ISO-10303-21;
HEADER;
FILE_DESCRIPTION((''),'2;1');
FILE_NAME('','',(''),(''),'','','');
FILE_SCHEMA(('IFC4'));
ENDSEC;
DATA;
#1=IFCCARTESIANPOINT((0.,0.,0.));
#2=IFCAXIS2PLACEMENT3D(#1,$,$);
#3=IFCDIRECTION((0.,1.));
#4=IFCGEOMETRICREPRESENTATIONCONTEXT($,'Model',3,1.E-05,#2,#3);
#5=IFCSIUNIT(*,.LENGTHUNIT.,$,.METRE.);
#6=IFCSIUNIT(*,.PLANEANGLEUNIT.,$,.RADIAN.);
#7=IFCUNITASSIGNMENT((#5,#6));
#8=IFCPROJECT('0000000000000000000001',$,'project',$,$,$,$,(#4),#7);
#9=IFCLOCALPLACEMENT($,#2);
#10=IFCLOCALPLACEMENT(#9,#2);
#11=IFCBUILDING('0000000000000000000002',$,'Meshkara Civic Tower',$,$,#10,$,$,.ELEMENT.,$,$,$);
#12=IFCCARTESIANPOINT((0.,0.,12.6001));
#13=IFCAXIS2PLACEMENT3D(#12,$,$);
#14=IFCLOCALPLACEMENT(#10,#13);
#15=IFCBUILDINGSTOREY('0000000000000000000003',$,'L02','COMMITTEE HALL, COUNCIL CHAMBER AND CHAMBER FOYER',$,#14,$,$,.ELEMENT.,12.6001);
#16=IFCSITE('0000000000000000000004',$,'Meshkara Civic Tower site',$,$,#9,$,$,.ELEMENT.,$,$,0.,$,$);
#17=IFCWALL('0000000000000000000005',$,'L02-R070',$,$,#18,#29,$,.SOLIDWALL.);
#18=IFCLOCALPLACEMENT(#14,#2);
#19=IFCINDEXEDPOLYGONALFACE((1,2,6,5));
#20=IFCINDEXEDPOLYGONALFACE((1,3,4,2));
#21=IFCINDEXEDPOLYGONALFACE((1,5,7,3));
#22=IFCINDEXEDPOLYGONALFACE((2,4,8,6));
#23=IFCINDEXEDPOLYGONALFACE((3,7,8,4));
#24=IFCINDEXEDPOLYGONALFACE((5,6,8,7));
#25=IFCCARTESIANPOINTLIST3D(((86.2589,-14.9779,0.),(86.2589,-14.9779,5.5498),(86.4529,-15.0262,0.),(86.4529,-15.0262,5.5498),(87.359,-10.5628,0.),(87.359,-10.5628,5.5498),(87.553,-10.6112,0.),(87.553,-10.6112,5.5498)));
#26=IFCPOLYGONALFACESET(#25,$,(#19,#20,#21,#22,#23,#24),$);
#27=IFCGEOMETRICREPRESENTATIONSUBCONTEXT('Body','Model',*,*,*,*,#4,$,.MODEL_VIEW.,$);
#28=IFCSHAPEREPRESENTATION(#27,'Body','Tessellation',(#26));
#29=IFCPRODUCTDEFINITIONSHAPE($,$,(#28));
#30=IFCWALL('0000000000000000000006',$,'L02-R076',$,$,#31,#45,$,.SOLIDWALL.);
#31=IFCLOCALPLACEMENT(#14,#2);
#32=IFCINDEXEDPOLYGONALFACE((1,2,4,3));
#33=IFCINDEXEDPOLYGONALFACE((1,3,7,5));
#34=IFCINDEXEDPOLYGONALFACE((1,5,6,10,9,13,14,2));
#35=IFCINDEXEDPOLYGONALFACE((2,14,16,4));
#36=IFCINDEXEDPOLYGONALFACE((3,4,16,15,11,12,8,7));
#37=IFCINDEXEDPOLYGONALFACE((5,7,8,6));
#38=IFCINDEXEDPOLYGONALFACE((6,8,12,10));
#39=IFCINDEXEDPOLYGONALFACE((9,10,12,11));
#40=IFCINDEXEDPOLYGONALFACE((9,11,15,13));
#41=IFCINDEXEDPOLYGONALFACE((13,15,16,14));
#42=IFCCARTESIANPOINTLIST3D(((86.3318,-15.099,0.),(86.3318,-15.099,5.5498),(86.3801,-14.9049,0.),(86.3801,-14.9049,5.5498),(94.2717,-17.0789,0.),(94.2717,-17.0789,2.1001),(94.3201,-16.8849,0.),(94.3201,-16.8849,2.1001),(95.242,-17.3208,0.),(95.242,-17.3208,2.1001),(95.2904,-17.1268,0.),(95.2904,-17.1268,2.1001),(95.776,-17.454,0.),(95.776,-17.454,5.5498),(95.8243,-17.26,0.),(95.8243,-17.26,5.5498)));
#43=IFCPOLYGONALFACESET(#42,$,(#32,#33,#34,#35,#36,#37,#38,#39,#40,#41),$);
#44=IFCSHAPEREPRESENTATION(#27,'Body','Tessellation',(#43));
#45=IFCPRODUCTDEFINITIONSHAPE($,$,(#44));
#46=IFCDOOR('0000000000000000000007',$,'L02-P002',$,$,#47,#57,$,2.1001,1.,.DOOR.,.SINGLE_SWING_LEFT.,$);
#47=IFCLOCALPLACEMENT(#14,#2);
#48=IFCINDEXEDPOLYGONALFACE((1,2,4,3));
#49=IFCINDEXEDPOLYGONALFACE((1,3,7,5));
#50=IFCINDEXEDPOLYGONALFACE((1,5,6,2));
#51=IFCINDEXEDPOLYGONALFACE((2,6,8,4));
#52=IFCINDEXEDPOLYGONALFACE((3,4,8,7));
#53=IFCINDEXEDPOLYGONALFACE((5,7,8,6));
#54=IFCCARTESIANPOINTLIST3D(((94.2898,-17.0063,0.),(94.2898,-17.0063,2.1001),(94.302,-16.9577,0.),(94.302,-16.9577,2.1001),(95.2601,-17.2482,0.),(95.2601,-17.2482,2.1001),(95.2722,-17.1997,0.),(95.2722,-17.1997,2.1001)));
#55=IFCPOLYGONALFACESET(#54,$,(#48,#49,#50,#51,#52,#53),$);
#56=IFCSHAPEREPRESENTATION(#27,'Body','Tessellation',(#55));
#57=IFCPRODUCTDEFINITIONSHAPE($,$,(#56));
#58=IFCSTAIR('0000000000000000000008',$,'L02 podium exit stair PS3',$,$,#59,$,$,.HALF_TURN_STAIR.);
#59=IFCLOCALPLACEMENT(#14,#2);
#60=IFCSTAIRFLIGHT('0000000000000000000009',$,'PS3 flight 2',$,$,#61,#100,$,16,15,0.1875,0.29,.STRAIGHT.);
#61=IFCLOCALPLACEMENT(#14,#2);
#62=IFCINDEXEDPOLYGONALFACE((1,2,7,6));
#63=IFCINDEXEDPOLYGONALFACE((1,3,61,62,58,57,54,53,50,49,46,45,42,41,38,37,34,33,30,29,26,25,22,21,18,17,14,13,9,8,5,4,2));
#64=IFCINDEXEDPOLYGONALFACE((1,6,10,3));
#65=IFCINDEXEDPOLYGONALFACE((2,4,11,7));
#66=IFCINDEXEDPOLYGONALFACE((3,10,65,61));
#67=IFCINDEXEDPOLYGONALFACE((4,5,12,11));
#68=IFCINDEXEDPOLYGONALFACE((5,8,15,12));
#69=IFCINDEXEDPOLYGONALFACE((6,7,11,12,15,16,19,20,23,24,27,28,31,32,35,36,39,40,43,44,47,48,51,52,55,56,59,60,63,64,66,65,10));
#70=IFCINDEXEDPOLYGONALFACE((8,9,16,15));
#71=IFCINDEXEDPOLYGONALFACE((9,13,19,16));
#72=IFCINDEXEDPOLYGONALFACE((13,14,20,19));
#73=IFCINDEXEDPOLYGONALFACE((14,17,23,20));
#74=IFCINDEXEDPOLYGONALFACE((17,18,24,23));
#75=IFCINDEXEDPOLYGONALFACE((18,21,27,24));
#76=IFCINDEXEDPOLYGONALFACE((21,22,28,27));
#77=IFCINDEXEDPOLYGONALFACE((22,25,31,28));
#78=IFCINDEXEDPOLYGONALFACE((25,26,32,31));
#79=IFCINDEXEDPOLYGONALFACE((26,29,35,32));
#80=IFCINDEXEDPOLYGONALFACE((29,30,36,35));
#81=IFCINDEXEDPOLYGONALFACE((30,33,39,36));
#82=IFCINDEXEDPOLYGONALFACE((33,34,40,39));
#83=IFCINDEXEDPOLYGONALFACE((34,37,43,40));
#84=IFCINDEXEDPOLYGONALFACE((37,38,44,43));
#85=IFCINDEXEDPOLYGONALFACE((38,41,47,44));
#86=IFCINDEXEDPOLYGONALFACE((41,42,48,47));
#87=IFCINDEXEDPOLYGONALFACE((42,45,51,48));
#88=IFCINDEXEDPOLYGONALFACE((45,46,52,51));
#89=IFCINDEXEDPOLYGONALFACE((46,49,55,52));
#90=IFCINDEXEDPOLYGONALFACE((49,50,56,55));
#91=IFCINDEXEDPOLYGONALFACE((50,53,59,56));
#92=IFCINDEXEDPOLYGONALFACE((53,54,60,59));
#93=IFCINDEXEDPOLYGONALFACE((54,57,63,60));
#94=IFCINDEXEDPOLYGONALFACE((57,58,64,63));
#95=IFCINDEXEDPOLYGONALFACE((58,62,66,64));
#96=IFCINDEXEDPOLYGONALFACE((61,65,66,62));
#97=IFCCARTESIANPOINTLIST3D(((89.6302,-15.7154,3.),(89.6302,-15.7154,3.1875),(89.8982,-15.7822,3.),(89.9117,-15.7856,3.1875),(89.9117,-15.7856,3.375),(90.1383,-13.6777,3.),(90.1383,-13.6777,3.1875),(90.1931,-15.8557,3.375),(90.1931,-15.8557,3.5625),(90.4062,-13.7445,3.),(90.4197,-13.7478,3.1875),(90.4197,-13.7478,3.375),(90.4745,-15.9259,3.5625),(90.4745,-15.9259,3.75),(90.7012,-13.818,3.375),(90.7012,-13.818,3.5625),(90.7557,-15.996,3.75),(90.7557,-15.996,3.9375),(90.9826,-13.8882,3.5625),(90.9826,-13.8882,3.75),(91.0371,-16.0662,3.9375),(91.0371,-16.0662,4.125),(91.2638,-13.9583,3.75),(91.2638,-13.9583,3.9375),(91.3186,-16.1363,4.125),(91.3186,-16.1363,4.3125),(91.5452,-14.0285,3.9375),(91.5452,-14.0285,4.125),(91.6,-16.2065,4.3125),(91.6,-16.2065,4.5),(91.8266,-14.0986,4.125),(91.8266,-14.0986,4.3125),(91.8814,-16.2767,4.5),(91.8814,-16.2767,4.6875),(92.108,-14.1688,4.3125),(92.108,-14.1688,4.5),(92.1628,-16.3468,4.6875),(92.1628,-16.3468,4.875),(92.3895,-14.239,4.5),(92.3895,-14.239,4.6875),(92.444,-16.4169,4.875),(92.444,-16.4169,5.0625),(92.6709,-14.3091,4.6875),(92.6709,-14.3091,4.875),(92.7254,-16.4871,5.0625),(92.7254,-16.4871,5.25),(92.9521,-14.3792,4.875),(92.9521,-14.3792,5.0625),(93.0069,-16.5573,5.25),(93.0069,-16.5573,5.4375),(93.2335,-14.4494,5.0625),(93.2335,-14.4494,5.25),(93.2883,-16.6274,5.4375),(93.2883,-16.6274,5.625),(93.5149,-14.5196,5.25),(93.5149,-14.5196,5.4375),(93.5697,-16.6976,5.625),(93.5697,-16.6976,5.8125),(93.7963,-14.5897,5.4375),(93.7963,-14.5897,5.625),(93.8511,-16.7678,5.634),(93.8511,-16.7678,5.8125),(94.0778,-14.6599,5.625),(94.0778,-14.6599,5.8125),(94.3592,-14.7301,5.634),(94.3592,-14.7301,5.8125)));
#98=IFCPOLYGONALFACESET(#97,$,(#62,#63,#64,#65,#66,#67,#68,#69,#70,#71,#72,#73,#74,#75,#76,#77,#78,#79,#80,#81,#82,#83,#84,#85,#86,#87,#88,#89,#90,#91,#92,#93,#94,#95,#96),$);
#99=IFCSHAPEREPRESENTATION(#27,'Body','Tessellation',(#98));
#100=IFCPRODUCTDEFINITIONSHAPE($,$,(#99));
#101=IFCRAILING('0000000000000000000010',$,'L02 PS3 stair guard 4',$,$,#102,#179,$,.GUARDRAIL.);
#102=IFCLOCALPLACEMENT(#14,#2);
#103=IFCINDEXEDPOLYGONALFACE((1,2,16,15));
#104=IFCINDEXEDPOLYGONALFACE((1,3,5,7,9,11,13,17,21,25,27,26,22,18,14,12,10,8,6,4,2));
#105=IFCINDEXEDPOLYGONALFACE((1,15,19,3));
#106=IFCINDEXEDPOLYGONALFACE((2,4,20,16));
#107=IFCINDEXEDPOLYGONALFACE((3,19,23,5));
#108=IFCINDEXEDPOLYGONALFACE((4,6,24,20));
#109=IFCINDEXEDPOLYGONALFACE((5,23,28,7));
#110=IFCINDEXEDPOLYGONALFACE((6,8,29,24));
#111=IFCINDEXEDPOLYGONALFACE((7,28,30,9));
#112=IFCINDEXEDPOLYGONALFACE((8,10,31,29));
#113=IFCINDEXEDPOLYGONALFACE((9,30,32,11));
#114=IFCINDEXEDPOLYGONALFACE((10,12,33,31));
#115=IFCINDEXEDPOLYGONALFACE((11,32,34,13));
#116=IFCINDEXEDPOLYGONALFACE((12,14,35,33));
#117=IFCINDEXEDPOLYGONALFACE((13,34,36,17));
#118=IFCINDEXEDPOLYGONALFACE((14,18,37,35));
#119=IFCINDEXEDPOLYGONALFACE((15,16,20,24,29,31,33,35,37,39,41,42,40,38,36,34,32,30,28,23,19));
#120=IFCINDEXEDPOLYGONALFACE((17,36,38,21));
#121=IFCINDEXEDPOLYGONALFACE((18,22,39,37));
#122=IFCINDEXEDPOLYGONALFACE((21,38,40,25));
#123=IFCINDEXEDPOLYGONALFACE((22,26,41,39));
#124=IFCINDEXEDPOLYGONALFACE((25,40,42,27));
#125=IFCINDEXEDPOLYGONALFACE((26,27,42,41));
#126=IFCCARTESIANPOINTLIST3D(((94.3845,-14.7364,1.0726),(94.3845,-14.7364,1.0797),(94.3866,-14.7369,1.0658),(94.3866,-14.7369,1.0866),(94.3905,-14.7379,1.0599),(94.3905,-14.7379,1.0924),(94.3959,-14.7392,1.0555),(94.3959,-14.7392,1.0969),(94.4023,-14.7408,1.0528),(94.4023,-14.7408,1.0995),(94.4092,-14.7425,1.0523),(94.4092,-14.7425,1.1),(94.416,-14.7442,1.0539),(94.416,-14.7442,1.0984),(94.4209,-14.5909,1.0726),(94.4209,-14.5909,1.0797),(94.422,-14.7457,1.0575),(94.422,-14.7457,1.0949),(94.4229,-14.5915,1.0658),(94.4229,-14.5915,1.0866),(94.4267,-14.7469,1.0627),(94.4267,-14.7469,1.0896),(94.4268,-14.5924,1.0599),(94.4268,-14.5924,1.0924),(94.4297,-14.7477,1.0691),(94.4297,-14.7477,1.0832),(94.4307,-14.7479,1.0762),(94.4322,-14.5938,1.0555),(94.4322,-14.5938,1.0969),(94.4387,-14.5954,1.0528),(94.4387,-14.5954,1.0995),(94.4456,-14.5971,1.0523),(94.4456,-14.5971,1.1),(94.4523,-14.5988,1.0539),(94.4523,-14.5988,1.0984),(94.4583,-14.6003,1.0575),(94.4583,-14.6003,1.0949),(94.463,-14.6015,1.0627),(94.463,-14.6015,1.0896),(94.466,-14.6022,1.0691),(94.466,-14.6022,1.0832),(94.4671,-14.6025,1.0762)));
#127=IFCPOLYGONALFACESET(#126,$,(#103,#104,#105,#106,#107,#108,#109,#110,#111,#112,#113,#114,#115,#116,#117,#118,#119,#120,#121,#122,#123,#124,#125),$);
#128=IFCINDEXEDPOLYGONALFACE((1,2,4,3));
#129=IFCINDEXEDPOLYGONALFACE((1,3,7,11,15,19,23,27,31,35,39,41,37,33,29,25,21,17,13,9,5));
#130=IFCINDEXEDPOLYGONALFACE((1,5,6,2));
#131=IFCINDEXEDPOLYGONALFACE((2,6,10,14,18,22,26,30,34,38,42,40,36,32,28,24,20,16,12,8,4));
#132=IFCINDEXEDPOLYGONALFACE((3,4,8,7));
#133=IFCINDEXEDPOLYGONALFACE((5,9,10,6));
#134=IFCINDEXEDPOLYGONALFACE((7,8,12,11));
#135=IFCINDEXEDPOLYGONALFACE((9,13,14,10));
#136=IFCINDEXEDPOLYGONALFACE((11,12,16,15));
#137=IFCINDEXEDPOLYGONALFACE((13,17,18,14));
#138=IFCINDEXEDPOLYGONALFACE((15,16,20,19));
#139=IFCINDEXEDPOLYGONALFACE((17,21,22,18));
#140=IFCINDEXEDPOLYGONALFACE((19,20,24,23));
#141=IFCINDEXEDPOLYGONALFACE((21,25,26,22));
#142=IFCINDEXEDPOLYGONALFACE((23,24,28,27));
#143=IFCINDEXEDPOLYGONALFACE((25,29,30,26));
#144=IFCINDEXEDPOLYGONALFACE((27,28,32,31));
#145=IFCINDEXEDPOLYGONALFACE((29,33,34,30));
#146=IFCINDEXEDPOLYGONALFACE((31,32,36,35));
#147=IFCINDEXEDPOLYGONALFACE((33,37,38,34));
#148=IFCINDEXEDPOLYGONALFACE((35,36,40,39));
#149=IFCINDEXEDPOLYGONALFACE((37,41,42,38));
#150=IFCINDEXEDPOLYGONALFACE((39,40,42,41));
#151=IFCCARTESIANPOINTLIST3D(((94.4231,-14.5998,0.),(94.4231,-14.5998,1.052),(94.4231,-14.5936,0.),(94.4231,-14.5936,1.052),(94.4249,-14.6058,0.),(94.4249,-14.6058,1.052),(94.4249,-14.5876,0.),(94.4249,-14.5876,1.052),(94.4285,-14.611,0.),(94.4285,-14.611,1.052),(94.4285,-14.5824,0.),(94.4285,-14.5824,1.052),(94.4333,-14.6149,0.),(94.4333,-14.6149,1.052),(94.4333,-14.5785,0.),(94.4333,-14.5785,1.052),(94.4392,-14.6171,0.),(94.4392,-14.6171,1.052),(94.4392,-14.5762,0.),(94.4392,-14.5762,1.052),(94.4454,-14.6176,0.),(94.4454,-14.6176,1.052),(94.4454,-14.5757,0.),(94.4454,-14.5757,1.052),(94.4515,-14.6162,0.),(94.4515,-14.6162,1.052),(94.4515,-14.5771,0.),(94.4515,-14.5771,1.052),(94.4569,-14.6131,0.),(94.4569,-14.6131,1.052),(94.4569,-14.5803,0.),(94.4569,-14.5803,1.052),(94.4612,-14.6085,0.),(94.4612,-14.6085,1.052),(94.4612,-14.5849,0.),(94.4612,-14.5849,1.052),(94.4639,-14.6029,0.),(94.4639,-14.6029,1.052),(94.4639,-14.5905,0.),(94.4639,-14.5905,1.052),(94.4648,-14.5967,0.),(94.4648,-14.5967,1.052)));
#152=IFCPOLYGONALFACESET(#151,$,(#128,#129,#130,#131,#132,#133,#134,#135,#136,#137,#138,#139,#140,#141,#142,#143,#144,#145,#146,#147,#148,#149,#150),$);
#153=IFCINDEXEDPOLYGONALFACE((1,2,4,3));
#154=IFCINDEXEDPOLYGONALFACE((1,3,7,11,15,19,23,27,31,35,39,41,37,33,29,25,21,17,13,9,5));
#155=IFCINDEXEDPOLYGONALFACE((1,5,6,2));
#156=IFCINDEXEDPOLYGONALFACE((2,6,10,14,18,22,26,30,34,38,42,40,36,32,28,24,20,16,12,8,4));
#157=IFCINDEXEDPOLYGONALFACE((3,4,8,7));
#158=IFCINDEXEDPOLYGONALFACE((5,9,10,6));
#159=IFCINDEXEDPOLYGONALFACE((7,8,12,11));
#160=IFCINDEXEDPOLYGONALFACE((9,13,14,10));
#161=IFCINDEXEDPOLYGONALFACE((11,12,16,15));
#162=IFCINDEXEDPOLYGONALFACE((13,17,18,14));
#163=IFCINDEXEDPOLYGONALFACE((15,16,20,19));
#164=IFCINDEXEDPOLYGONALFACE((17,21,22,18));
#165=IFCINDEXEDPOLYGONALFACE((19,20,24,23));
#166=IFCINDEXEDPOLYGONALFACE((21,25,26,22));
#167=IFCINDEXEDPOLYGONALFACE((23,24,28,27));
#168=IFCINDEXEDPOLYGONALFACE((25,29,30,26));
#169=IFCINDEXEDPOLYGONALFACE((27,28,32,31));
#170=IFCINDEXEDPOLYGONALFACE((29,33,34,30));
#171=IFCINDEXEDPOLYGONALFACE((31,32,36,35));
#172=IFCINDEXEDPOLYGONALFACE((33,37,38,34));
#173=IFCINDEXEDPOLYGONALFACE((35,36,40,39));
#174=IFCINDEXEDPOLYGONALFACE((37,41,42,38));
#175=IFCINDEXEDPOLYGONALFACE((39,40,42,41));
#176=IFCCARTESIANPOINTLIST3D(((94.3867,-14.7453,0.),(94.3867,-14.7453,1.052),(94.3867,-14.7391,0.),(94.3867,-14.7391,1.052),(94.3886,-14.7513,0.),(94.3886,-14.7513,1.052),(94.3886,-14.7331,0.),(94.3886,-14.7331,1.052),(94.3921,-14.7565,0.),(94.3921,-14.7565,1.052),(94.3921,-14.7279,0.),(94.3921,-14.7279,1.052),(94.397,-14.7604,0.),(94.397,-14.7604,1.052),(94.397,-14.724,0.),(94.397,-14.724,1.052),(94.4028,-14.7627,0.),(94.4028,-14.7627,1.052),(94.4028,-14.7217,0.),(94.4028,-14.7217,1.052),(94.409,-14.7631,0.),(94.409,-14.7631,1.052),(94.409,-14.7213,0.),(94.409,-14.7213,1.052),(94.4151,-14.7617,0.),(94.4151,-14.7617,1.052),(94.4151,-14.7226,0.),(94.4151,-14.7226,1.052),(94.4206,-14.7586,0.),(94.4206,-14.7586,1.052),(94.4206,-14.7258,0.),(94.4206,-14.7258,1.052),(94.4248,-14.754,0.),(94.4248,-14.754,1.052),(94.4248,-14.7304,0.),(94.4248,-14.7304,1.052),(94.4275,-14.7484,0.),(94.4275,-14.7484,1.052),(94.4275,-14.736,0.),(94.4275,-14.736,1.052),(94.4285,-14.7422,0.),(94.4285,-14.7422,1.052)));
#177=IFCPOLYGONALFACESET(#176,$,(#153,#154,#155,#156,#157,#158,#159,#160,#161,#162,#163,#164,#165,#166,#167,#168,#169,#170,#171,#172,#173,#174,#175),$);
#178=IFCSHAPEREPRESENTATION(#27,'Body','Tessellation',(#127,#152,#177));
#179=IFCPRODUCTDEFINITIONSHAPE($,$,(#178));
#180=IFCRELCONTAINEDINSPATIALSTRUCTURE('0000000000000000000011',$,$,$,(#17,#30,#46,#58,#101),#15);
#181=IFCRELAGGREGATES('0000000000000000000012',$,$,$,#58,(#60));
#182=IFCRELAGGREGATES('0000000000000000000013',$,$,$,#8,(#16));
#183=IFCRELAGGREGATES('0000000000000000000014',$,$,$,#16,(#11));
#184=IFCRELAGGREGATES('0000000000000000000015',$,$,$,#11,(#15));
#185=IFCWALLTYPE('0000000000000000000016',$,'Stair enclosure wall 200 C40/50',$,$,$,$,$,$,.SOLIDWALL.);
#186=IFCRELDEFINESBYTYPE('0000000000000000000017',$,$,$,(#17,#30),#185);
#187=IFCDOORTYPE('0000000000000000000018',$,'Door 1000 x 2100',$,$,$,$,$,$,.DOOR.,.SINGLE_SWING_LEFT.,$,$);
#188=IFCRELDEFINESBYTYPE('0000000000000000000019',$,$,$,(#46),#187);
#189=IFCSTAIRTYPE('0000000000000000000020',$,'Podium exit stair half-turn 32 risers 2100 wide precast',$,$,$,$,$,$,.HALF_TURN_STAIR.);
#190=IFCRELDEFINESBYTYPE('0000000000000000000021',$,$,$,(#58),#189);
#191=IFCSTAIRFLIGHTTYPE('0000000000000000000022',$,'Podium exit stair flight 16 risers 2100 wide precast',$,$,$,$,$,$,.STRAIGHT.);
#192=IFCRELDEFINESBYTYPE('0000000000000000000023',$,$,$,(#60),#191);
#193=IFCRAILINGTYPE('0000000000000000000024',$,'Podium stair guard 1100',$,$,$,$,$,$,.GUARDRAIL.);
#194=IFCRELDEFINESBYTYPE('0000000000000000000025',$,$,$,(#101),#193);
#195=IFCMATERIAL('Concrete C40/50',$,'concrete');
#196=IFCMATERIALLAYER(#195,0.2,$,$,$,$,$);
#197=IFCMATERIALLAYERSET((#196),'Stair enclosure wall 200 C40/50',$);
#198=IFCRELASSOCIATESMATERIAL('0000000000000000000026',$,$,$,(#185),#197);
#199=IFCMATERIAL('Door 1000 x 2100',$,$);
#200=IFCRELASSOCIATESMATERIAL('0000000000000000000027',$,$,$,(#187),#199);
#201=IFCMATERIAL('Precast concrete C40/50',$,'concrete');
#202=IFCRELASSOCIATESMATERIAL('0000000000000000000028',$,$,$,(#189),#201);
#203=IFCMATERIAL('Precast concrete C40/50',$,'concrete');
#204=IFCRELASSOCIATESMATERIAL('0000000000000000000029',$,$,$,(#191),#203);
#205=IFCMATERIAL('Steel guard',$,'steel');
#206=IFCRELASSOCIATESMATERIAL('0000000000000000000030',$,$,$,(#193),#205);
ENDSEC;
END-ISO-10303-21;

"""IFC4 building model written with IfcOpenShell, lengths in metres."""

from ifc_helpers import new_model, si_unit, direction, frame, frame_2d, origin, origin_2d, place, context, subcontext, project, spatial, polyline, rectangle, circle, outline, extrude, material, layer, layer_set, type_object, element, fill, aggregate, save


model = new_model("IFC4")

# Units and contexts
model_context = context("Model", 3, precision=1e-05, world=origin(), true_north=direction((0.0, 1.0)))
body_context = subcontext(model_context, "Body", "Model", "MODEL_VIEW")
ifc_project = project(units=[si_unit("LENGTHUNIT", "METRE"), si_unit("PLANEANGLEUNIT", "RADIAN")], contexts=[model_context])

# Site, building, storey
site_placement = place(None, origin())
site = spatial("IfcSite", under=ifc_project, at=site_placement, Name="Meshkara Civic Tower site", CompositionType="ELEMENT", RefElevation=0.0)
building_placement = place(site_placement, origin())
building = spatial("IfcBuilding", under=site, at=building_placement, Name="Meshkara Civic Tower", CompositionType="ELEMENT")
storey_placement = place(building_placement, frame((0.0, 0.0, 12.6001)))
storey = spatial("IfcBuildingStorey", under=building, at=storey_placement, Name="L02", Description="COMMITTEE HALL, COUNCIL CHAMBER AND CHAMBER FOYER", CompositionType="ELEMENT", Elevation=12.6001)

# Wall
ifc_material_1 = material(Name="Concrete C40/50", Category="concrete")
ifc_layer_1 = layer(ifc_material_1, 0.2)
ifc_layer_set_1 = layer_set([ifc_layer_1], Name="Stair enclosure wall 200 C40/50")
wall_type_1 = type_object("IfcWallType", Name="Stair enclosure wall 200 C40/50", PredefinedType="SOLIDWALL", material=ifc_layer_set_1)
wall_1_placement = place(storey_placement, frame((86.356, -15.002, 0.0), z_axis=(0.0, 0.0, 1.0), x_axis=(0.241778, 0.970332, 0.0)))
element("IfcWall", 1, at=wall_1_placement, inside=storey, type_object=wall_type_1, Name="L02-R070", PredefinedType="SOLIDWALL", context=body_context, shape_type="SweptSolid", body=[
    extrude(rectangle(XDim=4.55, YDim=0.2, at=frame_2d((2.2749, 0.0))), origin(), (0.0, 0.0, 1.0), 5.5498),
])

# Wall, opening, door
wall_2_placement = place(storey_placement, frame((86.356, -15.002, 0.0), z_axis=(0.0, 0.0, 1.0), x_axis=(0.970288, -0.241951, 0.0)))
wall_2 = element("IfcWall", 2, at=wall_2_placement, inside=storey, type_object=wall_type_1, Name="L02-R076", PredefinedType="SOLIDWALL", context=body_context, shape_type="SweptSolid", body=[
    extrude(rectangle(XDim=9.7334, YDim=0.2, at=frame_2d((4.8667, 0.0))), origin(), (0.0, 0.0, 1.0), 5.5498),
])
opening_1_placement = place(wall_2_placement, frame((8.1831, 0.0, 0.0)))
opening_1 = element("IfcOpeningElement", 3, at=opening_1_placement, cuts=wall_2, PredefinedType="OPENING", context=body_context, shape_type="SweptSolid", body=[
    extrude(rectangle(XDim=1.0, YDim=2.1001, at=frame_2d((0.5, 1.05))), frame((0.0, 0.1099, 0.0), z_axis=(0.0, -1.0, 0.0), x_axis=(1.0, 0.0, 0.0)), (0.0, 0.0, 1.0), 0.22),
])
ifc_material_2 = material(Name="Door 1000 x 2100")
door_type = type_object("IfcDoorType", Name="Door 1000 x 2100", OperationType="SINGLE_SWING_LEFT", PredefinedType="DOOR", material=ifc_material_2)
door_placement = place(opening_1_placement, origin())
door = element("IfcDoor", 4, at=door_placement, inside=storey, type_object=door_type, Name="L02-P002", OperationType="SINGLE_SWING_LEFT", OverallHeight=2.1001, OverallWidth=1.0, PredefinedType="DOOR", context=body_context, shape_type="SweptSolid", body=[
    extrude(rectangle(XDim=1.0, YDim=2.1001, at=frame_2d((0.5, 1.05))), frame((0.0, 0.0249, 0.0), z_axis=(0.0, -1.0, 0.0), x_axis=(1.0, 0.0, 0.0)), (0.0, 0.0, 1.0), 0.05),
])
fill(opening_1, door)

# Stair, stair flight
ifc_material_3 = material(Name="Precast concrete C40/50", Category="concrete")
stair_type = type_object("IfcStairType", Name="Podium exit stair half-turn 32 risers 2100 wide precast", PredefinedType="HALF_TURN_STAIR", material=ifc_material_3)
stair_placement = place(storey_placement, origin())
stair = element("IfcStair", 5, at=stair_placement, inside=storey, type_object=stair_type, Name="L02 podium exit stair PS3", PredefinedType="HALF_TURN_STAIR")
ifc_material_4 = material(Name="Precast concrete C40/50", Category="concrete")
stair_flight_type = type_object("IfcStairFlightType", Name="Podium exit stair flight 16 risers 2100 wide precast", PredefinedType="STRAIGHT", material=ifc_material_4)
stair_flight_placement = place(storey_placement, frame((89.8843, -14.6965, 3.0), z_axis=(0.0, 0.0, 1.0), x_axis=(0.970296, -0.241922, 0.0)))
stair_flight = element("IfcStairFlight", 6, at=stair_flight_placement, type_object=stair_flight_type, Name="PS3 flight 2", NumberOfRisers=16, NumberOfTreads=15, PredefinedType="STRAIGHT", RiserHeight=0.1875, TreadLength=0.29, context=body_context, shape_type="SweptSolid", body=[
    extrude(outline(polyline([(0.0, 0.0), (0.0, 0.1875), (0.29, 0.1875), (0.29, 0.375), (0.5801, 0.375), (0.5801, 0.5625), (0.8701, 0.5625), (0.8701, 0.75), (1.1599, 0.75), (1.1599, 0.9375), (1.45, 0.9375), (1.45, 1.125), (1.74, 1.125), (1.74, 1.3125), (2.03, 1.3125), (2.03, 1.5), (2.3201, 1.5), (2.3201, 1.6875), (2.6101, 1.6875), (2.6101, 1.875), (2.8999, 1.875), (2.8999, 2.0625), (3.1899, 2.0625), (3.1899, 2.25), (3.48, 2.25), (3.48, 2.4375), (3.77, 2.4375), (3.77, 2.625), (4.0601, 2.625), (4.0601, 2.8125), (4.3501, 2.8125), (4.3501, 3.0), (4.3501, 2.634), (0.2761, 0.0), (0.0, 0.0)])), frame((0.0, 1.05, 0.0), z_axis=(0.0, -1.0, 0.0), x_axis=(1.0, 0.0, 0.0)), (0.0, 0.0, 1.0), 2.1001),
])
aggregate(stair, [stair_flight])

# Railing
ifc_material_5 = material(Name="Steel guard", Category="steel")
railing_type_1 = type_object("IfcRailingType", Name="Podium stair guard 1100", PredefinedType="GUARDRAIL", material=ifc_material_5)
railing_1_placement = place(storey_placement, frame((94.4438, -14.5967, 0.0)))
element("IfcRailing", 7, at=railing_1_placement, inside=storey, type_object=railing_type_1, Name="L02 PS3 stair guard 4", PredefinedType="GUARDRAIL", context=body_context, shape_type="SweptSolid", body=[
    extrude(circle(Radius=0.0239, at=origin_2d()), frame((0.0, 0.0, 1.0762), z_axis=(-0.242536, -0.970143, 0.0), x_axis=(0.970143, -0.242536, 0.0)), (0.0, 0.0, 1.0), 0.1499),
    extrude(circle(Radius=0.021, at=origin_2d()), origin(), (0.0, 0.0, 1.0), 1.052),
    extrude(circle(Radius=0.021, at=origin_2d()), frame((-0.0364, -0.1455, 0.0)), (0.0, 0.0, 1.0), 1.052),
])

save(model, "model.ifc")
